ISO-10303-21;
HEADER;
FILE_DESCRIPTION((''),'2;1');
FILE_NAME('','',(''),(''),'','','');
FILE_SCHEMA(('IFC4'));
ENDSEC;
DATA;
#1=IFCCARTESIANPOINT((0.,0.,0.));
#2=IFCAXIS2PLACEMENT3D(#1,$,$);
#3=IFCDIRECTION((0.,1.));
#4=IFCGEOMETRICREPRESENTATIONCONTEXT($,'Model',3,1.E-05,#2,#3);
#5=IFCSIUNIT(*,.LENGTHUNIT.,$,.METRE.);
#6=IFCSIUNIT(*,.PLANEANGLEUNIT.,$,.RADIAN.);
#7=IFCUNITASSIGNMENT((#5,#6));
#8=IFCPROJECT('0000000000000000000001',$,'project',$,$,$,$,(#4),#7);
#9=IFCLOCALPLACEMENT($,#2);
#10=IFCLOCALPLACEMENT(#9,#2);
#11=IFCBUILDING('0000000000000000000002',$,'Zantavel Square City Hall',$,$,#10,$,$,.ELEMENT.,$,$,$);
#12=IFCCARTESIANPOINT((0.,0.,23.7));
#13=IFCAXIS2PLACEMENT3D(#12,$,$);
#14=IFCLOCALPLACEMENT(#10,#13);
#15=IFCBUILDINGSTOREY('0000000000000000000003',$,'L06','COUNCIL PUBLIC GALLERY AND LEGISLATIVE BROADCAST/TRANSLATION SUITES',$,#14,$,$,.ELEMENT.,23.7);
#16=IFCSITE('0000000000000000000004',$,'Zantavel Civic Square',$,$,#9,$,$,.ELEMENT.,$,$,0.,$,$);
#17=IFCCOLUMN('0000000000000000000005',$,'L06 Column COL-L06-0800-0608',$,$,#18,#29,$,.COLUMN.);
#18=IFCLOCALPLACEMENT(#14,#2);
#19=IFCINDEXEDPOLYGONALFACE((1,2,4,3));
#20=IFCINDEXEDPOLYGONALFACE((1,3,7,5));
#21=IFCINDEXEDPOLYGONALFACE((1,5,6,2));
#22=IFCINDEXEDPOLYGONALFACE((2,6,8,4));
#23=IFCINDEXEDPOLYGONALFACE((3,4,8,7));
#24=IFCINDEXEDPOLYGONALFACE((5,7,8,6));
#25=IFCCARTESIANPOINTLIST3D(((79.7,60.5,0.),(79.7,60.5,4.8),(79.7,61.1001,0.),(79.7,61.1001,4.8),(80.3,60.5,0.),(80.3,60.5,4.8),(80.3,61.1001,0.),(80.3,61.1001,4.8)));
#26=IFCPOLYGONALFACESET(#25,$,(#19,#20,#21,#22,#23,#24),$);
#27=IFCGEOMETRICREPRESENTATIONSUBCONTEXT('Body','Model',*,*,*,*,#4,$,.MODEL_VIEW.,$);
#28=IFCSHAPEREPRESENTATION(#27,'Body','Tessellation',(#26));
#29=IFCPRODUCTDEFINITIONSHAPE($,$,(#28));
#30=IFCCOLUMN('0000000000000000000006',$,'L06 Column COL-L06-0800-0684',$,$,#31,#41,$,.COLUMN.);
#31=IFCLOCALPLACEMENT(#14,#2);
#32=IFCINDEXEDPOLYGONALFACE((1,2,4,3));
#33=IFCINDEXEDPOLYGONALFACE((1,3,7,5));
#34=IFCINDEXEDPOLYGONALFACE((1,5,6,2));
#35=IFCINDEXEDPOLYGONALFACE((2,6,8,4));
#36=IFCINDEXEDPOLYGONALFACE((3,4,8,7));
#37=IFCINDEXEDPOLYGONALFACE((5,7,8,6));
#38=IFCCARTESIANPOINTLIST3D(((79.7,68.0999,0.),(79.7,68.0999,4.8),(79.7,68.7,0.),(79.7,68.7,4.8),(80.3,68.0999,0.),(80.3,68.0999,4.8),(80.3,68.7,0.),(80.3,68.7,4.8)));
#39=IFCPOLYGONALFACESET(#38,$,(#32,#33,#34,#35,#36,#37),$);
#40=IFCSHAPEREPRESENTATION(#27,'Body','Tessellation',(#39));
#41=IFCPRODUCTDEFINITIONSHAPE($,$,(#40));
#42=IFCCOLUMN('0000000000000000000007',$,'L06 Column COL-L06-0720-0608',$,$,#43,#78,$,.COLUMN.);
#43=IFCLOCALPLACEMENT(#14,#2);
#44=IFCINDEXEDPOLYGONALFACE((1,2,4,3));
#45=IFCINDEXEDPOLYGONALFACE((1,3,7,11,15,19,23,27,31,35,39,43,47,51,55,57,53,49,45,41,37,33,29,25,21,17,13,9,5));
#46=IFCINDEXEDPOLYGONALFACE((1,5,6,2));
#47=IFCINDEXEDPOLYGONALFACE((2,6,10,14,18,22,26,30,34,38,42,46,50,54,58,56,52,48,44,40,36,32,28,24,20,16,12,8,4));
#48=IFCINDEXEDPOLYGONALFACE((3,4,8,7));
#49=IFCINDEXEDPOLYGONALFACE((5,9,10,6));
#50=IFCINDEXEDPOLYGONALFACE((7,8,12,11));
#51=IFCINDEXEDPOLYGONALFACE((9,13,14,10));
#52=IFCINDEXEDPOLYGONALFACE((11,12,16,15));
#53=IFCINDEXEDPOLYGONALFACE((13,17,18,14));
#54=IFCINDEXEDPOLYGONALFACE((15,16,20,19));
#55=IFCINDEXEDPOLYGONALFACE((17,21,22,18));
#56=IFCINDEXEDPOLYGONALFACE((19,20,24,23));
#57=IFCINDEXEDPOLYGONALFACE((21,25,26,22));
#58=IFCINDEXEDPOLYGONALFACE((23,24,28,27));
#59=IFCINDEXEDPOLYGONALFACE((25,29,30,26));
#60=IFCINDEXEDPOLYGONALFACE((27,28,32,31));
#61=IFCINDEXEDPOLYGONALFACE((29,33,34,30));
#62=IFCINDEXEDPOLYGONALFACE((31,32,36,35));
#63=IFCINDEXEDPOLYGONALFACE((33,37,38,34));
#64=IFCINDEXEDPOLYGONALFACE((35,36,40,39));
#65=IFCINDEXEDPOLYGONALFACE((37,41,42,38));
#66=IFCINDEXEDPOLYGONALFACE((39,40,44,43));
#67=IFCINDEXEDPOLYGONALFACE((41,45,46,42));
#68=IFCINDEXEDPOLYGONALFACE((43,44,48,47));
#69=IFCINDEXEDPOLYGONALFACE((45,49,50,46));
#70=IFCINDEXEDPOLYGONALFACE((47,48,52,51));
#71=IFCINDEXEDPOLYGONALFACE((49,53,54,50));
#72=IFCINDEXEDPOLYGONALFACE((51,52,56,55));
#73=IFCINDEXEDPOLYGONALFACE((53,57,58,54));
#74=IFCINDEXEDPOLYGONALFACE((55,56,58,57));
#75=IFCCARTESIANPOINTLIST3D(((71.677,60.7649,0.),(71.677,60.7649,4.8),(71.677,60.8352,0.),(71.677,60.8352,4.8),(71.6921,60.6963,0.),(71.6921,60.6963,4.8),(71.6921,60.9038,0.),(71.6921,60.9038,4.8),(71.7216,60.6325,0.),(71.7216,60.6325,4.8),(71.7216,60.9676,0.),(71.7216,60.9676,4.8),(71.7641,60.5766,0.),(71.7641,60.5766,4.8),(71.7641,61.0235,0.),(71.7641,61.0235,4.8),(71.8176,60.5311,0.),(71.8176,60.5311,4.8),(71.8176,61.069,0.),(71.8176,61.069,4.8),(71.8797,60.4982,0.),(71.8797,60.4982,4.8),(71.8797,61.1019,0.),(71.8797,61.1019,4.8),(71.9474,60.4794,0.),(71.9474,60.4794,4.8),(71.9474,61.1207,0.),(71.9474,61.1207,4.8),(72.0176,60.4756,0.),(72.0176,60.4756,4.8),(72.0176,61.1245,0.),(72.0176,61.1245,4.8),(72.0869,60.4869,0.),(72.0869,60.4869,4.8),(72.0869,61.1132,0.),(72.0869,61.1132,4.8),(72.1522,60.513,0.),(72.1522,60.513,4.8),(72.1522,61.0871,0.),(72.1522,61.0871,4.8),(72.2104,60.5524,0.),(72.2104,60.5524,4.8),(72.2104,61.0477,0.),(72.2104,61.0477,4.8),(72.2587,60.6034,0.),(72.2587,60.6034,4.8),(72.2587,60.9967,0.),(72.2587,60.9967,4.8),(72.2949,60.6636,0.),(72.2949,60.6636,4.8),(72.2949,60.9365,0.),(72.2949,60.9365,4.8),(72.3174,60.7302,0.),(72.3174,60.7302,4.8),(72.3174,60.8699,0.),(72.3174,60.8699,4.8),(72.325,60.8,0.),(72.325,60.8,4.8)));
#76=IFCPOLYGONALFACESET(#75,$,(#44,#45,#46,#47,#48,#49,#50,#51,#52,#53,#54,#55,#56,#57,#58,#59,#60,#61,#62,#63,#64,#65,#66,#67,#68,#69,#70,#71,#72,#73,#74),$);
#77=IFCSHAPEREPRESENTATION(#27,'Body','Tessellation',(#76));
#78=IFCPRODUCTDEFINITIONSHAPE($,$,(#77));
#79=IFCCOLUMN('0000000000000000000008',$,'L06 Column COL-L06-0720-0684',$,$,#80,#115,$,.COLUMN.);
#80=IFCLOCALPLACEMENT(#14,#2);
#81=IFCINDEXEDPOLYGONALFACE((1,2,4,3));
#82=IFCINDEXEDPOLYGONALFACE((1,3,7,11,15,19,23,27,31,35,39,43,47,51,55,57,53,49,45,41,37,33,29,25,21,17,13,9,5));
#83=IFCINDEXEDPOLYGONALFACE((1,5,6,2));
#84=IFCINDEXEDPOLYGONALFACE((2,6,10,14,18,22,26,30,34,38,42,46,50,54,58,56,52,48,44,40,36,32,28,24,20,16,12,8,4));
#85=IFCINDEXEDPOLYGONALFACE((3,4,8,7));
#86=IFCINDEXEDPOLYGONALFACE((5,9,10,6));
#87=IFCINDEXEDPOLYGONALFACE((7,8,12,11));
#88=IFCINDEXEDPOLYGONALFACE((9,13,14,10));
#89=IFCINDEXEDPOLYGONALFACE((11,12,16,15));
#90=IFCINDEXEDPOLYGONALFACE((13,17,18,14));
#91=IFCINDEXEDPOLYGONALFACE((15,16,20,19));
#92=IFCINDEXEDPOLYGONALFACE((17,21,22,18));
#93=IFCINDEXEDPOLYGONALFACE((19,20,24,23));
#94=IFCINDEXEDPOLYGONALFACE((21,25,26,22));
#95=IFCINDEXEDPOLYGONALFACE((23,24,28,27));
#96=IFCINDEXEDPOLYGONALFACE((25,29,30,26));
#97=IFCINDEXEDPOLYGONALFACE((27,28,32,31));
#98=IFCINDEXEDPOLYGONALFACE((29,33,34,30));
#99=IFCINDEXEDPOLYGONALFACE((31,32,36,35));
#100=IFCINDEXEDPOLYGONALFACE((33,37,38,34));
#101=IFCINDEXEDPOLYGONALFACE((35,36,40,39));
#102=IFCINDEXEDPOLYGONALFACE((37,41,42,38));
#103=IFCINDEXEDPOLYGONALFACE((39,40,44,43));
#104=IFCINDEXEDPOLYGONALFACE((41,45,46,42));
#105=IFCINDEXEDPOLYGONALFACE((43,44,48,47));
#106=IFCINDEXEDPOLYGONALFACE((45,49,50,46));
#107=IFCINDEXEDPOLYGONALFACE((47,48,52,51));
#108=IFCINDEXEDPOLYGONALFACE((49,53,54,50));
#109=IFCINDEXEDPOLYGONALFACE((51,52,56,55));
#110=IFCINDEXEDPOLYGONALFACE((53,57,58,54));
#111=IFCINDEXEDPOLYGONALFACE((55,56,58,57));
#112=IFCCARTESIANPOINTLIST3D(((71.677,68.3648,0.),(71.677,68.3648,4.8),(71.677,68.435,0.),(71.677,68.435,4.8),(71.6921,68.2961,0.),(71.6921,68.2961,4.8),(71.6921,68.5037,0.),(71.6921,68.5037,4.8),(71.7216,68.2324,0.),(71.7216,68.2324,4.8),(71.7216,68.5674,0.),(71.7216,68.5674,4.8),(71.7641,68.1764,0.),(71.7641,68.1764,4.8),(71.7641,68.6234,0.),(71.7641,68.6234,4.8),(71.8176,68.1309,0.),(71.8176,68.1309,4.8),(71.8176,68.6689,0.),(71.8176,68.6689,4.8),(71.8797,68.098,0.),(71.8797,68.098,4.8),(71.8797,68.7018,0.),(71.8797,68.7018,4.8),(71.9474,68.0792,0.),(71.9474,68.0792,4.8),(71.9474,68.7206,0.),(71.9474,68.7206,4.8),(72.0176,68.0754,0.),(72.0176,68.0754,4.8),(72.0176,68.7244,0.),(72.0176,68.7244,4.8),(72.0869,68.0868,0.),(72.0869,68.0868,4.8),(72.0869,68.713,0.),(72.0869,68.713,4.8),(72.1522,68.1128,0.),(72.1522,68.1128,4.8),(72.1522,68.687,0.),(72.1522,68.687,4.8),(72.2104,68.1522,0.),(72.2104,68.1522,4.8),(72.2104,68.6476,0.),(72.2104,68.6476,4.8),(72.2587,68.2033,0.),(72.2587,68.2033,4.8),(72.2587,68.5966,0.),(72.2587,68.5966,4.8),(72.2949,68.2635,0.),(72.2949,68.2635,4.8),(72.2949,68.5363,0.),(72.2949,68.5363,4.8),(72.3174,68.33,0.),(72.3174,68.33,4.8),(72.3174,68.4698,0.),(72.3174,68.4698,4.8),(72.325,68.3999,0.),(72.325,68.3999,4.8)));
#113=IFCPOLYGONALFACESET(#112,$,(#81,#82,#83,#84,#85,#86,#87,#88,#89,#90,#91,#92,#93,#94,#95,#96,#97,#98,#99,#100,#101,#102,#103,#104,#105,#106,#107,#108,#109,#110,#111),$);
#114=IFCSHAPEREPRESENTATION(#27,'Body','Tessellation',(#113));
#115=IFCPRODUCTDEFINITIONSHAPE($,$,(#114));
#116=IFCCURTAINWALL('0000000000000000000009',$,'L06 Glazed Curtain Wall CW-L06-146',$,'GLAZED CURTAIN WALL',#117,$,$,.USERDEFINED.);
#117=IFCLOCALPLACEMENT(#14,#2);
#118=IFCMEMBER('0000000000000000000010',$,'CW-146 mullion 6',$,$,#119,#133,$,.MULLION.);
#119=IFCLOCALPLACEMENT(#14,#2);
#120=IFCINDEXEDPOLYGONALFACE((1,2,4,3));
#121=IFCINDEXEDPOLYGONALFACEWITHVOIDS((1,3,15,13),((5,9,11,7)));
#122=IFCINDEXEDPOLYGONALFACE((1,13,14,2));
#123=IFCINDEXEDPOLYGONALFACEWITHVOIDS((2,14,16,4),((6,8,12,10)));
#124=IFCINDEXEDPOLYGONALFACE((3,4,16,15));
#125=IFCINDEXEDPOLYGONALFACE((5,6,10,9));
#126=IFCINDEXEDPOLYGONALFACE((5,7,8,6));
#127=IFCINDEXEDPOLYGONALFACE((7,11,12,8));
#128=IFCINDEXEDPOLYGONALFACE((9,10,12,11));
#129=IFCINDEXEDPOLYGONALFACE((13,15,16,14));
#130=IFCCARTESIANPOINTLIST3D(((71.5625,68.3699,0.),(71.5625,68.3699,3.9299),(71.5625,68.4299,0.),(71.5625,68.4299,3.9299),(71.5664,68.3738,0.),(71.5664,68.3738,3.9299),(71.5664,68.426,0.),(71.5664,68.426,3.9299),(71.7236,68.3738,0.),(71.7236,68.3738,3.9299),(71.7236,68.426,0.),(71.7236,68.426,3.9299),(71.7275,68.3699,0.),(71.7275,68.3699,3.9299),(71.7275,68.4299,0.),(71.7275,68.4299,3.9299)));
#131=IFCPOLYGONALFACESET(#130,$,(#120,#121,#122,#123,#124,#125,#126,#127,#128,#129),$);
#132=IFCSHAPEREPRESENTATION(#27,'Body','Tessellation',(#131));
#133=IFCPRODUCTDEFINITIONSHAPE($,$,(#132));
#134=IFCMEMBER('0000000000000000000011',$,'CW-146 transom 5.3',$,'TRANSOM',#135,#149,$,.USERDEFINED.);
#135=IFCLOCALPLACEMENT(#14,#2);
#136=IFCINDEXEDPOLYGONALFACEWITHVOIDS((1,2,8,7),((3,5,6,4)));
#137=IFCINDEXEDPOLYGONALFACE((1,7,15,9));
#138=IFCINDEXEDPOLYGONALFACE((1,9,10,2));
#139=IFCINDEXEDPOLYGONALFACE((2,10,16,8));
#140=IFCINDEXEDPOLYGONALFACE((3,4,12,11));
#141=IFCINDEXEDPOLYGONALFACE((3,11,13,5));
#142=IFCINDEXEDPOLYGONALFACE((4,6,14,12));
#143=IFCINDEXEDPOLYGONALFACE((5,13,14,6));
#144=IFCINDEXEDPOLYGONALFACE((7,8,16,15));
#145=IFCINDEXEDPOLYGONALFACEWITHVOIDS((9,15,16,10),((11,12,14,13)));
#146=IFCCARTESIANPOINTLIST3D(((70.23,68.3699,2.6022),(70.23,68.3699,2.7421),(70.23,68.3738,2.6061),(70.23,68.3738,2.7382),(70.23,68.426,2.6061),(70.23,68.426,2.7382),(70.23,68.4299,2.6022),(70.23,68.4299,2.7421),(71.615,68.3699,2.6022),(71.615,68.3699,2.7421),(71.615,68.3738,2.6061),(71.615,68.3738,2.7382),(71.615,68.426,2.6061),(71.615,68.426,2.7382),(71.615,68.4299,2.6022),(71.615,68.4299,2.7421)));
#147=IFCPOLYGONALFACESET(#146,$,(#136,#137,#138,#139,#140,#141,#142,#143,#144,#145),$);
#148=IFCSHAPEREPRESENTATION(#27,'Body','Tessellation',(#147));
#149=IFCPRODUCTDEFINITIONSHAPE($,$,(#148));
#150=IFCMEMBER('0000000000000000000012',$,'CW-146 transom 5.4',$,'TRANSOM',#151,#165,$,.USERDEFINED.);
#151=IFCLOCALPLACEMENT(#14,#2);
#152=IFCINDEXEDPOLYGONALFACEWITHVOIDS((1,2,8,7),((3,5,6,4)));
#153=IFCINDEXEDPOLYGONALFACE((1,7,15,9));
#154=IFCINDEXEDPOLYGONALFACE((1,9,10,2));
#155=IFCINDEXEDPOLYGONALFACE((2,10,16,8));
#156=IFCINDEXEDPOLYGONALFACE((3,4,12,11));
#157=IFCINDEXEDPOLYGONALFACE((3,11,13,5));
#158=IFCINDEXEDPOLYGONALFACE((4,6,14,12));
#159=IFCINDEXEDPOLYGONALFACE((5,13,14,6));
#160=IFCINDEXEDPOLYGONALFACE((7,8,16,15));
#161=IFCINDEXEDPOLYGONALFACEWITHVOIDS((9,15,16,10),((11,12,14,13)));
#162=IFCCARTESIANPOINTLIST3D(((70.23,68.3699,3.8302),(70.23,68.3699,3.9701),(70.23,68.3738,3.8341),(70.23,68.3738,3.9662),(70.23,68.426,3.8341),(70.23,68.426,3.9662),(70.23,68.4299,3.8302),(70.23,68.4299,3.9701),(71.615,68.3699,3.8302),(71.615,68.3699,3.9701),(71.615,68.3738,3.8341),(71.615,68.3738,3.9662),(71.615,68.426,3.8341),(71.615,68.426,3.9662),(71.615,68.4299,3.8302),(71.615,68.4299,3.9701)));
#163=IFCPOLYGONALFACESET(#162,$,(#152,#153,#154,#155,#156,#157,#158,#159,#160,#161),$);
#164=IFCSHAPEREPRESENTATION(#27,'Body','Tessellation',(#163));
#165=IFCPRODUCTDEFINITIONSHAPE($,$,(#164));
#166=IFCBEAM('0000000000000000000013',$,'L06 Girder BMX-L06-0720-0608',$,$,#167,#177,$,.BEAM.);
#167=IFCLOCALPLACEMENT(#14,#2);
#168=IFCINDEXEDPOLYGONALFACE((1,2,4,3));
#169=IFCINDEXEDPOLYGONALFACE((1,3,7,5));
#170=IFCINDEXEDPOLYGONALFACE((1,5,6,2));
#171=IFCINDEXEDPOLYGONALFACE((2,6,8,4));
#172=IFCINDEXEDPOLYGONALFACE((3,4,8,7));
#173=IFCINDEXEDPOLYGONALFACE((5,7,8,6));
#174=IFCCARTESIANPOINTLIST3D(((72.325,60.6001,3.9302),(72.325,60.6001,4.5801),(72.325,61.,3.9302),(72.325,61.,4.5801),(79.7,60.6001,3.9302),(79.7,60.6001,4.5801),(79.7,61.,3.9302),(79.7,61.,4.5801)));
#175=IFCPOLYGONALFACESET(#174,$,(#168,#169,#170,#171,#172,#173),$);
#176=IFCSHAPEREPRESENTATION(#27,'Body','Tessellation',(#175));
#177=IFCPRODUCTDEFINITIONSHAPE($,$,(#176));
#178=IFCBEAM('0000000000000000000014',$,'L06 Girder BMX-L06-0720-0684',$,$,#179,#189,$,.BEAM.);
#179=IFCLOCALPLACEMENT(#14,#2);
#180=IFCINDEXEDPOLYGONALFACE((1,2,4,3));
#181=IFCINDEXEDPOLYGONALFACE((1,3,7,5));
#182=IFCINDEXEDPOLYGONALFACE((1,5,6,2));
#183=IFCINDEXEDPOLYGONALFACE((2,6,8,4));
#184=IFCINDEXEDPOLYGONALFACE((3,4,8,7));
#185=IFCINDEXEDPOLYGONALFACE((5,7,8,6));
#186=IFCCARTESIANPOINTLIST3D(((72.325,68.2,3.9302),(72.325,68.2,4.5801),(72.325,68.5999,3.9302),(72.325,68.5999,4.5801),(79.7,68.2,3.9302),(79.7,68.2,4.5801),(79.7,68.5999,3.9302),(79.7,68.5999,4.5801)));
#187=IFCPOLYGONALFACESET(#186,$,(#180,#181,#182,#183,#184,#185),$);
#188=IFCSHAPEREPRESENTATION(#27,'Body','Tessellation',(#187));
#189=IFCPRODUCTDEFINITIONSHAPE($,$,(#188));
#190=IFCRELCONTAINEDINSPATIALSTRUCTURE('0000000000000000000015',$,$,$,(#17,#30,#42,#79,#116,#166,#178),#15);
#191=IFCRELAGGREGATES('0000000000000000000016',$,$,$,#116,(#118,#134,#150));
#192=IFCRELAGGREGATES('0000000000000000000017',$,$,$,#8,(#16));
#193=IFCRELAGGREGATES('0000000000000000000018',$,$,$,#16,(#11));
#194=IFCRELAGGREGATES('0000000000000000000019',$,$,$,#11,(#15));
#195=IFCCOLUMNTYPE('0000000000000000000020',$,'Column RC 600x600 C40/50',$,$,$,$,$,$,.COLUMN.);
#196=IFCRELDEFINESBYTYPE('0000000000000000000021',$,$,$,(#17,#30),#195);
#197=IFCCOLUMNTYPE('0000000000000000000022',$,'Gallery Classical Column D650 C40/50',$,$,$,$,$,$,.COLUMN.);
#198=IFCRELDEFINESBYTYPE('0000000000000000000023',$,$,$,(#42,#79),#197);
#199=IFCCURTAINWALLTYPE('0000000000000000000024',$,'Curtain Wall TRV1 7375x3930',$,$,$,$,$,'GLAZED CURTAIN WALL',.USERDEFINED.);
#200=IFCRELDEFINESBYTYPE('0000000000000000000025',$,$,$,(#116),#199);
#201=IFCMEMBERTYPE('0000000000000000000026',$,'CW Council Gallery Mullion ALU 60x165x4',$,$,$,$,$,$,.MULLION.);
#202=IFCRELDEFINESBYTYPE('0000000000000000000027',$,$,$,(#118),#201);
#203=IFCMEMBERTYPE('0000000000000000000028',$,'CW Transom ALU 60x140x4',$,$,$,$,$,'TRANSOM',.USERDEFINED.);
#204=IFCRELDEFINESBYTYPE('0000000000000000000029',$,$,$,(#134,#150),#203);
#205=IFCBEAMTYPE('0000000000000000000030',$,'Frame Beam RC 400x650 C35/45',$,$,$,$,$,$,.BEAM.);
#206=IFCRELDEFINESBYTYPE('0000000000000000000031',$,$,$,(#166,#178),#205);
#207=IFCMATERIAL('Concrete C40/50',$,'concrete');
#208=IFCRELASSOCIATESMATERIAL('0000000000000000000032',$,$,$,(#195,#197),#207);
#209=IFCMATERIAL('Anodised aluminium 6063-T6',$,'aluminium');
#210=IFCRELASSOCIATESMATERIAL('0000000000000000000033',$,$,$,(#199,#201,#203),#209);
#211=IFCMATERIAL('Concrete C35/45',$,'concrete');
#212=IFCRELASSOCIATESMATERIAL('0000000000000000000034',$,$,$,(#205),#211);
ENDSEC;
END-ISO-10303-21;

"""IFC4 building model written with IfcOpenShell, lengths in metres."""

from ifc_helpers import new_model, si_unit, direction, frame, origin, origin_2d, place, context, subcontext, project, spatial, rectangle, hollow_rectangle, circle, extrude, material, material_profile, profile_set, type_object, element, aggregate, save


model = new_model("IFC4")

# Units and contexts
model_context = context("Model", 3, precision=1e-05, world=origin(), true_north=direction((0.0, 1.0)))
body_context = subcontext(model_context, "Body", "Model", "MODEL_VIEW")
ifc_project = project(units=[si_unit("LENGTHUNIT", "METRE"), si_unit("PLANEANGLEUNIT", "RADIAN")], contexts=[model_context])

# Site, building, storey
site_placement = place(None, origin())
site = spatial("IfcSite", under=ifc_project, at=site_placement, Name="Zantavel Civic Square", CompositionType="ELEMENT", RefElevation=0.0)
building_placement = place(site_placement, origin())
building = spatial("IfcBuilding", under=site, at=building_placement, Name="Zantavel Square City Hall", CompositionType="ELEMENT")
storey_placement = place(building_placement, frame((0.0, 0.0, 23.7)))
storey = spatial("IfcBuildingStorey", under=building, at=storey_placement, Name="L06", Description="COUNCIL PUBLIC GALLERY AND LEGISLATIVE BROADCAST/TRANSLATION SUITES", CompositionType="ELEMENT", Elevation=23.7)

# Columns
ifc_material_1 = material(Name="Concrete C40/50", Category="concrete")
ifc_material_profile_1 = material_profile(ifc_material_1, rectangle(XDim=0.6001, YDim=0.6001, at=origin_2d()), Name="RC 600x600")
ifc_profile_set_1 = profile_set([ifc_material_profile_1], Name="Concrete C40/50")
column_type_1 = type_object("IfcColumnType", Name="Column RC 600x600 C40/50", PredefinedType="COLUMN", material=ifc_profile_set_1)
for number, where, z_axis, x_axis, name in (
    (1, (80.0, 60.8, 0.0), (0.0, 0.0, 1.0), (1.0, 0.0, 0.0), "L06 Column COL-L06-0800-0608"),
    (2, (80.0, 68.3999, 0.0), (0.0, 0.0, 1.0), (1.0, 0.0, 0.0), "L06 Column COL-L06-0800-0684"),
):
    element("IfcColumn", number, at=place(storey_placement, frame(where, z_axis=z_axis, x_axis=x_axis)), inside=storey, type_object=column_type_1, Name=name, PredefinedType="COLUMN", context=body_context, shape_type="SweptSolid", body=[
        extrude(rectangle(XDim=0.6001, YDim=0.6001, at=origin_2d()), origin(), (0.0, 0.0, 1.0), 4.8),
    ])
ifc_material_profile_2 = material_profile(ifc_material_1, circle(Radius=0.325, at=origin_2d()), Name="ROUND D650")
ifc_profile_set_2 = profile_set([ifc_material_profile_2], Name="Concrete C40/50")
column_type_2 = type_object("IfcColumnType", Name="Gallery Classical Column D650 C40/50", PredefinedType="COLUMN", material=ifc_profile_set_2)
for number, where, z_axis, x_axis, name in (
    (3, (72.0, 60.8, 0.0), (0.0, 0.0, 1.0), (1.0, 0.0, 0.0), "L06 Column COL-L06-0720-0608"),
    (4, (72.0, 68.3999, 0.0), (0.0, 0.0, 1.0), (1.0, 0.0, 0.0), "L06 Column COL-L06-0720-0684"),
):
    element("IfcColumn", number, at=place(storey_placement, frame(where, z_axis=z_axis, x_axis=x_axis)), inside=storey, type_object=column_type_2, Name=name, PredefinedType="COLUMN", context=body_context, shape_type="SweptSolid", body=[
        extrude(circle(Radius=0.325, at=origin_2d()), origin(), (0.0, 0.0, 1.0), 4.8),
    ])

# Curtain wall, members
ifc_material_2 = material(Name="Anodised aluminium 6063-T6", Category="aluminium")
curtain_wall_type = type_object("IfcCurtainWallType", Name="Curtain Wall TRV1 7375x3930", ElementType="GLAZED CURTAIN WALL", PredefinedType="USERDEFINED", material=ifc_material_2)
curtain_wall_placement = place(storey_placement, origin())
curtain_wall = element("IfcCurtainWall", 5, at=curtain_wall_placement, inside=storey, type_object=curtain_wall_type, Name="L06 Glazed Curtain Wall CW-L06-146", ObjectType="GLAZED CURTAIN WALL", PredefinedType="USERDEFINED")
ifc_material_profile_3 = material_profile(ifc_material_2, hollow_rectangle(XDim=0.0601, YDim=0.165, WallThickness=0.0039, at=origin_2d()), Name="ALU 60x165x4")
ifc_profile_set_3 = profile_set([ifc_material_profile_3], Name="Anodised aluminium 6063-T6")
member_type_1 = type_object("IfcMemberType", Name="CW Council Gallery Mullion ALU 60x165x4", PredefinedType="MULLION", material=ifc_profile_set_3)
member_1_placement = place(storey_placement, frame((71.645, 68.3999, 0.0), z_axis=(0.0, 0.0, 1.0), x_axis=(0.0, 1.0, 0.0)))
member_1 = element("IfcMember", 6, at=member_1_placement, type_object=member_type_1, Name="CW-146 mullion 6", PredefinedType="MULLION", context=body_context, shape_type="SweptSolid", body=[
    extrude(hollow_rectangle(XDim=0.0601, YDim=0.165, WallThickness=0.0039, at=origin_2d()), origin(), (0.0, 0.0, 1.0), 3.9299),
])
ifc_material_profile_4 = material_profile(ifc_material_2, hollow_rectangle(XDim=0.0601, YDim=0.1399, WallThickness=0.0039, at=origin_2d()), Name="ALU 60x140x4")
ifc_profile_set_4 = profile_set([ifc_material_profile_4], Name="Anodised aluminium 6063-T6")
member_type_2 = type_object("IfcMemberType", Name="CW Transom ALU 60x140x4", ElementType="TRANSOM", PredefinedType="USERDEFINED", material=ifc_profile_set_4)
member_2_placement = place(storey_placement, frame((70.23, 68.3999, 2.6721), z_axis=(1.0, 0.0, 0.0), x_axis=(0.0, 1.0, 0.0)))
member_2 = element("IfcMember", 7, at=member_2_placement, type_object=member_type_2, Name="CW-146 transom 5.3", ObjectType="TRANSOM", PredefinedType="USERDEFINED", context=body_context, shape_type="SweptSolid", body=[
    extrude(hollow_rectangle(XDim=0.0601, YDim=0.1399, WallThickness=0.0039, at=origin_2d()), origin(), (0.0, 0.0, 1.0), 1.385),
])
member_3_placement = place(storey_placement, frame((70.23, 68.3999, 3.9001), z_axis=(1.0, 0.0, 0.0), x_axis=(0.0, 1.0, 0.0)))
member_3 = element("IfcMember", 8, at=member_3_placement, type_object=member_type_2, Name="CW-146 transom 5.4", ObjectType="TRANSOM", PredefinedType="USERDEFINED", context=body_context, shape_type="SweptSolid", body=[
    extrude(hollow_rectangle(XDim=0.0601, YDim=0.1399, WallThickness=0.0039, at=origin_2d()), origin(), (0.0, 0.0, 1.0), 1.385),
])

# Beams
ifc_material_3 = material(Name="Concrete C35/45", Category="concrete")
ifc_material_profile_5 = material_profile(ifc_material_3, rectangle(XDim=0.3999, YDim=0.6499, at=origin_2d()), Name="RC 400x650")
ifc_profile_set_5 = profile_set([ifc_material_profile_5], Name="Concrete C35/45")
beam_type_1 = type_object("IfcBeamType", Name="Frame Beam RC 400x650 C35/45", PredefinedType="BEAM", material=ifc_profile_set_5)
for number, where, z_axis, x_axis, name in (
    (9, (72.325, 60.8, 4.2551), (1.0, 0.0, 0.0), (0.0, 1.0, 0.0), "L06 Girder BMX-L06-0720-0608"),
    (10, (72.325, 68.3999, 4.2551), (1.0, 0.0, 0.0), (0.0, 1.0, 0.0), "L06 Girder BMX-L06-0720-0684"),
):
    element("IfcBeam", number, at=place(storey_placement, frame(where, z_axis=z_axis, x_axis=x_axis)), inside=storey, type_object=beam_type_1, Name=name, PredefinedType="BEAM", context=body_context, shape_type="SweptSolid", body=[
        extrude(rectangle(XDim=0.3999, YDim=0.6499, at=origin_2d()), origin(), (0.0, 0.0, 1.0), 7.375),
    ])

aggregate(curtain_wall, [member_1, member_2, member_3])

save(model, "model.ifc")
